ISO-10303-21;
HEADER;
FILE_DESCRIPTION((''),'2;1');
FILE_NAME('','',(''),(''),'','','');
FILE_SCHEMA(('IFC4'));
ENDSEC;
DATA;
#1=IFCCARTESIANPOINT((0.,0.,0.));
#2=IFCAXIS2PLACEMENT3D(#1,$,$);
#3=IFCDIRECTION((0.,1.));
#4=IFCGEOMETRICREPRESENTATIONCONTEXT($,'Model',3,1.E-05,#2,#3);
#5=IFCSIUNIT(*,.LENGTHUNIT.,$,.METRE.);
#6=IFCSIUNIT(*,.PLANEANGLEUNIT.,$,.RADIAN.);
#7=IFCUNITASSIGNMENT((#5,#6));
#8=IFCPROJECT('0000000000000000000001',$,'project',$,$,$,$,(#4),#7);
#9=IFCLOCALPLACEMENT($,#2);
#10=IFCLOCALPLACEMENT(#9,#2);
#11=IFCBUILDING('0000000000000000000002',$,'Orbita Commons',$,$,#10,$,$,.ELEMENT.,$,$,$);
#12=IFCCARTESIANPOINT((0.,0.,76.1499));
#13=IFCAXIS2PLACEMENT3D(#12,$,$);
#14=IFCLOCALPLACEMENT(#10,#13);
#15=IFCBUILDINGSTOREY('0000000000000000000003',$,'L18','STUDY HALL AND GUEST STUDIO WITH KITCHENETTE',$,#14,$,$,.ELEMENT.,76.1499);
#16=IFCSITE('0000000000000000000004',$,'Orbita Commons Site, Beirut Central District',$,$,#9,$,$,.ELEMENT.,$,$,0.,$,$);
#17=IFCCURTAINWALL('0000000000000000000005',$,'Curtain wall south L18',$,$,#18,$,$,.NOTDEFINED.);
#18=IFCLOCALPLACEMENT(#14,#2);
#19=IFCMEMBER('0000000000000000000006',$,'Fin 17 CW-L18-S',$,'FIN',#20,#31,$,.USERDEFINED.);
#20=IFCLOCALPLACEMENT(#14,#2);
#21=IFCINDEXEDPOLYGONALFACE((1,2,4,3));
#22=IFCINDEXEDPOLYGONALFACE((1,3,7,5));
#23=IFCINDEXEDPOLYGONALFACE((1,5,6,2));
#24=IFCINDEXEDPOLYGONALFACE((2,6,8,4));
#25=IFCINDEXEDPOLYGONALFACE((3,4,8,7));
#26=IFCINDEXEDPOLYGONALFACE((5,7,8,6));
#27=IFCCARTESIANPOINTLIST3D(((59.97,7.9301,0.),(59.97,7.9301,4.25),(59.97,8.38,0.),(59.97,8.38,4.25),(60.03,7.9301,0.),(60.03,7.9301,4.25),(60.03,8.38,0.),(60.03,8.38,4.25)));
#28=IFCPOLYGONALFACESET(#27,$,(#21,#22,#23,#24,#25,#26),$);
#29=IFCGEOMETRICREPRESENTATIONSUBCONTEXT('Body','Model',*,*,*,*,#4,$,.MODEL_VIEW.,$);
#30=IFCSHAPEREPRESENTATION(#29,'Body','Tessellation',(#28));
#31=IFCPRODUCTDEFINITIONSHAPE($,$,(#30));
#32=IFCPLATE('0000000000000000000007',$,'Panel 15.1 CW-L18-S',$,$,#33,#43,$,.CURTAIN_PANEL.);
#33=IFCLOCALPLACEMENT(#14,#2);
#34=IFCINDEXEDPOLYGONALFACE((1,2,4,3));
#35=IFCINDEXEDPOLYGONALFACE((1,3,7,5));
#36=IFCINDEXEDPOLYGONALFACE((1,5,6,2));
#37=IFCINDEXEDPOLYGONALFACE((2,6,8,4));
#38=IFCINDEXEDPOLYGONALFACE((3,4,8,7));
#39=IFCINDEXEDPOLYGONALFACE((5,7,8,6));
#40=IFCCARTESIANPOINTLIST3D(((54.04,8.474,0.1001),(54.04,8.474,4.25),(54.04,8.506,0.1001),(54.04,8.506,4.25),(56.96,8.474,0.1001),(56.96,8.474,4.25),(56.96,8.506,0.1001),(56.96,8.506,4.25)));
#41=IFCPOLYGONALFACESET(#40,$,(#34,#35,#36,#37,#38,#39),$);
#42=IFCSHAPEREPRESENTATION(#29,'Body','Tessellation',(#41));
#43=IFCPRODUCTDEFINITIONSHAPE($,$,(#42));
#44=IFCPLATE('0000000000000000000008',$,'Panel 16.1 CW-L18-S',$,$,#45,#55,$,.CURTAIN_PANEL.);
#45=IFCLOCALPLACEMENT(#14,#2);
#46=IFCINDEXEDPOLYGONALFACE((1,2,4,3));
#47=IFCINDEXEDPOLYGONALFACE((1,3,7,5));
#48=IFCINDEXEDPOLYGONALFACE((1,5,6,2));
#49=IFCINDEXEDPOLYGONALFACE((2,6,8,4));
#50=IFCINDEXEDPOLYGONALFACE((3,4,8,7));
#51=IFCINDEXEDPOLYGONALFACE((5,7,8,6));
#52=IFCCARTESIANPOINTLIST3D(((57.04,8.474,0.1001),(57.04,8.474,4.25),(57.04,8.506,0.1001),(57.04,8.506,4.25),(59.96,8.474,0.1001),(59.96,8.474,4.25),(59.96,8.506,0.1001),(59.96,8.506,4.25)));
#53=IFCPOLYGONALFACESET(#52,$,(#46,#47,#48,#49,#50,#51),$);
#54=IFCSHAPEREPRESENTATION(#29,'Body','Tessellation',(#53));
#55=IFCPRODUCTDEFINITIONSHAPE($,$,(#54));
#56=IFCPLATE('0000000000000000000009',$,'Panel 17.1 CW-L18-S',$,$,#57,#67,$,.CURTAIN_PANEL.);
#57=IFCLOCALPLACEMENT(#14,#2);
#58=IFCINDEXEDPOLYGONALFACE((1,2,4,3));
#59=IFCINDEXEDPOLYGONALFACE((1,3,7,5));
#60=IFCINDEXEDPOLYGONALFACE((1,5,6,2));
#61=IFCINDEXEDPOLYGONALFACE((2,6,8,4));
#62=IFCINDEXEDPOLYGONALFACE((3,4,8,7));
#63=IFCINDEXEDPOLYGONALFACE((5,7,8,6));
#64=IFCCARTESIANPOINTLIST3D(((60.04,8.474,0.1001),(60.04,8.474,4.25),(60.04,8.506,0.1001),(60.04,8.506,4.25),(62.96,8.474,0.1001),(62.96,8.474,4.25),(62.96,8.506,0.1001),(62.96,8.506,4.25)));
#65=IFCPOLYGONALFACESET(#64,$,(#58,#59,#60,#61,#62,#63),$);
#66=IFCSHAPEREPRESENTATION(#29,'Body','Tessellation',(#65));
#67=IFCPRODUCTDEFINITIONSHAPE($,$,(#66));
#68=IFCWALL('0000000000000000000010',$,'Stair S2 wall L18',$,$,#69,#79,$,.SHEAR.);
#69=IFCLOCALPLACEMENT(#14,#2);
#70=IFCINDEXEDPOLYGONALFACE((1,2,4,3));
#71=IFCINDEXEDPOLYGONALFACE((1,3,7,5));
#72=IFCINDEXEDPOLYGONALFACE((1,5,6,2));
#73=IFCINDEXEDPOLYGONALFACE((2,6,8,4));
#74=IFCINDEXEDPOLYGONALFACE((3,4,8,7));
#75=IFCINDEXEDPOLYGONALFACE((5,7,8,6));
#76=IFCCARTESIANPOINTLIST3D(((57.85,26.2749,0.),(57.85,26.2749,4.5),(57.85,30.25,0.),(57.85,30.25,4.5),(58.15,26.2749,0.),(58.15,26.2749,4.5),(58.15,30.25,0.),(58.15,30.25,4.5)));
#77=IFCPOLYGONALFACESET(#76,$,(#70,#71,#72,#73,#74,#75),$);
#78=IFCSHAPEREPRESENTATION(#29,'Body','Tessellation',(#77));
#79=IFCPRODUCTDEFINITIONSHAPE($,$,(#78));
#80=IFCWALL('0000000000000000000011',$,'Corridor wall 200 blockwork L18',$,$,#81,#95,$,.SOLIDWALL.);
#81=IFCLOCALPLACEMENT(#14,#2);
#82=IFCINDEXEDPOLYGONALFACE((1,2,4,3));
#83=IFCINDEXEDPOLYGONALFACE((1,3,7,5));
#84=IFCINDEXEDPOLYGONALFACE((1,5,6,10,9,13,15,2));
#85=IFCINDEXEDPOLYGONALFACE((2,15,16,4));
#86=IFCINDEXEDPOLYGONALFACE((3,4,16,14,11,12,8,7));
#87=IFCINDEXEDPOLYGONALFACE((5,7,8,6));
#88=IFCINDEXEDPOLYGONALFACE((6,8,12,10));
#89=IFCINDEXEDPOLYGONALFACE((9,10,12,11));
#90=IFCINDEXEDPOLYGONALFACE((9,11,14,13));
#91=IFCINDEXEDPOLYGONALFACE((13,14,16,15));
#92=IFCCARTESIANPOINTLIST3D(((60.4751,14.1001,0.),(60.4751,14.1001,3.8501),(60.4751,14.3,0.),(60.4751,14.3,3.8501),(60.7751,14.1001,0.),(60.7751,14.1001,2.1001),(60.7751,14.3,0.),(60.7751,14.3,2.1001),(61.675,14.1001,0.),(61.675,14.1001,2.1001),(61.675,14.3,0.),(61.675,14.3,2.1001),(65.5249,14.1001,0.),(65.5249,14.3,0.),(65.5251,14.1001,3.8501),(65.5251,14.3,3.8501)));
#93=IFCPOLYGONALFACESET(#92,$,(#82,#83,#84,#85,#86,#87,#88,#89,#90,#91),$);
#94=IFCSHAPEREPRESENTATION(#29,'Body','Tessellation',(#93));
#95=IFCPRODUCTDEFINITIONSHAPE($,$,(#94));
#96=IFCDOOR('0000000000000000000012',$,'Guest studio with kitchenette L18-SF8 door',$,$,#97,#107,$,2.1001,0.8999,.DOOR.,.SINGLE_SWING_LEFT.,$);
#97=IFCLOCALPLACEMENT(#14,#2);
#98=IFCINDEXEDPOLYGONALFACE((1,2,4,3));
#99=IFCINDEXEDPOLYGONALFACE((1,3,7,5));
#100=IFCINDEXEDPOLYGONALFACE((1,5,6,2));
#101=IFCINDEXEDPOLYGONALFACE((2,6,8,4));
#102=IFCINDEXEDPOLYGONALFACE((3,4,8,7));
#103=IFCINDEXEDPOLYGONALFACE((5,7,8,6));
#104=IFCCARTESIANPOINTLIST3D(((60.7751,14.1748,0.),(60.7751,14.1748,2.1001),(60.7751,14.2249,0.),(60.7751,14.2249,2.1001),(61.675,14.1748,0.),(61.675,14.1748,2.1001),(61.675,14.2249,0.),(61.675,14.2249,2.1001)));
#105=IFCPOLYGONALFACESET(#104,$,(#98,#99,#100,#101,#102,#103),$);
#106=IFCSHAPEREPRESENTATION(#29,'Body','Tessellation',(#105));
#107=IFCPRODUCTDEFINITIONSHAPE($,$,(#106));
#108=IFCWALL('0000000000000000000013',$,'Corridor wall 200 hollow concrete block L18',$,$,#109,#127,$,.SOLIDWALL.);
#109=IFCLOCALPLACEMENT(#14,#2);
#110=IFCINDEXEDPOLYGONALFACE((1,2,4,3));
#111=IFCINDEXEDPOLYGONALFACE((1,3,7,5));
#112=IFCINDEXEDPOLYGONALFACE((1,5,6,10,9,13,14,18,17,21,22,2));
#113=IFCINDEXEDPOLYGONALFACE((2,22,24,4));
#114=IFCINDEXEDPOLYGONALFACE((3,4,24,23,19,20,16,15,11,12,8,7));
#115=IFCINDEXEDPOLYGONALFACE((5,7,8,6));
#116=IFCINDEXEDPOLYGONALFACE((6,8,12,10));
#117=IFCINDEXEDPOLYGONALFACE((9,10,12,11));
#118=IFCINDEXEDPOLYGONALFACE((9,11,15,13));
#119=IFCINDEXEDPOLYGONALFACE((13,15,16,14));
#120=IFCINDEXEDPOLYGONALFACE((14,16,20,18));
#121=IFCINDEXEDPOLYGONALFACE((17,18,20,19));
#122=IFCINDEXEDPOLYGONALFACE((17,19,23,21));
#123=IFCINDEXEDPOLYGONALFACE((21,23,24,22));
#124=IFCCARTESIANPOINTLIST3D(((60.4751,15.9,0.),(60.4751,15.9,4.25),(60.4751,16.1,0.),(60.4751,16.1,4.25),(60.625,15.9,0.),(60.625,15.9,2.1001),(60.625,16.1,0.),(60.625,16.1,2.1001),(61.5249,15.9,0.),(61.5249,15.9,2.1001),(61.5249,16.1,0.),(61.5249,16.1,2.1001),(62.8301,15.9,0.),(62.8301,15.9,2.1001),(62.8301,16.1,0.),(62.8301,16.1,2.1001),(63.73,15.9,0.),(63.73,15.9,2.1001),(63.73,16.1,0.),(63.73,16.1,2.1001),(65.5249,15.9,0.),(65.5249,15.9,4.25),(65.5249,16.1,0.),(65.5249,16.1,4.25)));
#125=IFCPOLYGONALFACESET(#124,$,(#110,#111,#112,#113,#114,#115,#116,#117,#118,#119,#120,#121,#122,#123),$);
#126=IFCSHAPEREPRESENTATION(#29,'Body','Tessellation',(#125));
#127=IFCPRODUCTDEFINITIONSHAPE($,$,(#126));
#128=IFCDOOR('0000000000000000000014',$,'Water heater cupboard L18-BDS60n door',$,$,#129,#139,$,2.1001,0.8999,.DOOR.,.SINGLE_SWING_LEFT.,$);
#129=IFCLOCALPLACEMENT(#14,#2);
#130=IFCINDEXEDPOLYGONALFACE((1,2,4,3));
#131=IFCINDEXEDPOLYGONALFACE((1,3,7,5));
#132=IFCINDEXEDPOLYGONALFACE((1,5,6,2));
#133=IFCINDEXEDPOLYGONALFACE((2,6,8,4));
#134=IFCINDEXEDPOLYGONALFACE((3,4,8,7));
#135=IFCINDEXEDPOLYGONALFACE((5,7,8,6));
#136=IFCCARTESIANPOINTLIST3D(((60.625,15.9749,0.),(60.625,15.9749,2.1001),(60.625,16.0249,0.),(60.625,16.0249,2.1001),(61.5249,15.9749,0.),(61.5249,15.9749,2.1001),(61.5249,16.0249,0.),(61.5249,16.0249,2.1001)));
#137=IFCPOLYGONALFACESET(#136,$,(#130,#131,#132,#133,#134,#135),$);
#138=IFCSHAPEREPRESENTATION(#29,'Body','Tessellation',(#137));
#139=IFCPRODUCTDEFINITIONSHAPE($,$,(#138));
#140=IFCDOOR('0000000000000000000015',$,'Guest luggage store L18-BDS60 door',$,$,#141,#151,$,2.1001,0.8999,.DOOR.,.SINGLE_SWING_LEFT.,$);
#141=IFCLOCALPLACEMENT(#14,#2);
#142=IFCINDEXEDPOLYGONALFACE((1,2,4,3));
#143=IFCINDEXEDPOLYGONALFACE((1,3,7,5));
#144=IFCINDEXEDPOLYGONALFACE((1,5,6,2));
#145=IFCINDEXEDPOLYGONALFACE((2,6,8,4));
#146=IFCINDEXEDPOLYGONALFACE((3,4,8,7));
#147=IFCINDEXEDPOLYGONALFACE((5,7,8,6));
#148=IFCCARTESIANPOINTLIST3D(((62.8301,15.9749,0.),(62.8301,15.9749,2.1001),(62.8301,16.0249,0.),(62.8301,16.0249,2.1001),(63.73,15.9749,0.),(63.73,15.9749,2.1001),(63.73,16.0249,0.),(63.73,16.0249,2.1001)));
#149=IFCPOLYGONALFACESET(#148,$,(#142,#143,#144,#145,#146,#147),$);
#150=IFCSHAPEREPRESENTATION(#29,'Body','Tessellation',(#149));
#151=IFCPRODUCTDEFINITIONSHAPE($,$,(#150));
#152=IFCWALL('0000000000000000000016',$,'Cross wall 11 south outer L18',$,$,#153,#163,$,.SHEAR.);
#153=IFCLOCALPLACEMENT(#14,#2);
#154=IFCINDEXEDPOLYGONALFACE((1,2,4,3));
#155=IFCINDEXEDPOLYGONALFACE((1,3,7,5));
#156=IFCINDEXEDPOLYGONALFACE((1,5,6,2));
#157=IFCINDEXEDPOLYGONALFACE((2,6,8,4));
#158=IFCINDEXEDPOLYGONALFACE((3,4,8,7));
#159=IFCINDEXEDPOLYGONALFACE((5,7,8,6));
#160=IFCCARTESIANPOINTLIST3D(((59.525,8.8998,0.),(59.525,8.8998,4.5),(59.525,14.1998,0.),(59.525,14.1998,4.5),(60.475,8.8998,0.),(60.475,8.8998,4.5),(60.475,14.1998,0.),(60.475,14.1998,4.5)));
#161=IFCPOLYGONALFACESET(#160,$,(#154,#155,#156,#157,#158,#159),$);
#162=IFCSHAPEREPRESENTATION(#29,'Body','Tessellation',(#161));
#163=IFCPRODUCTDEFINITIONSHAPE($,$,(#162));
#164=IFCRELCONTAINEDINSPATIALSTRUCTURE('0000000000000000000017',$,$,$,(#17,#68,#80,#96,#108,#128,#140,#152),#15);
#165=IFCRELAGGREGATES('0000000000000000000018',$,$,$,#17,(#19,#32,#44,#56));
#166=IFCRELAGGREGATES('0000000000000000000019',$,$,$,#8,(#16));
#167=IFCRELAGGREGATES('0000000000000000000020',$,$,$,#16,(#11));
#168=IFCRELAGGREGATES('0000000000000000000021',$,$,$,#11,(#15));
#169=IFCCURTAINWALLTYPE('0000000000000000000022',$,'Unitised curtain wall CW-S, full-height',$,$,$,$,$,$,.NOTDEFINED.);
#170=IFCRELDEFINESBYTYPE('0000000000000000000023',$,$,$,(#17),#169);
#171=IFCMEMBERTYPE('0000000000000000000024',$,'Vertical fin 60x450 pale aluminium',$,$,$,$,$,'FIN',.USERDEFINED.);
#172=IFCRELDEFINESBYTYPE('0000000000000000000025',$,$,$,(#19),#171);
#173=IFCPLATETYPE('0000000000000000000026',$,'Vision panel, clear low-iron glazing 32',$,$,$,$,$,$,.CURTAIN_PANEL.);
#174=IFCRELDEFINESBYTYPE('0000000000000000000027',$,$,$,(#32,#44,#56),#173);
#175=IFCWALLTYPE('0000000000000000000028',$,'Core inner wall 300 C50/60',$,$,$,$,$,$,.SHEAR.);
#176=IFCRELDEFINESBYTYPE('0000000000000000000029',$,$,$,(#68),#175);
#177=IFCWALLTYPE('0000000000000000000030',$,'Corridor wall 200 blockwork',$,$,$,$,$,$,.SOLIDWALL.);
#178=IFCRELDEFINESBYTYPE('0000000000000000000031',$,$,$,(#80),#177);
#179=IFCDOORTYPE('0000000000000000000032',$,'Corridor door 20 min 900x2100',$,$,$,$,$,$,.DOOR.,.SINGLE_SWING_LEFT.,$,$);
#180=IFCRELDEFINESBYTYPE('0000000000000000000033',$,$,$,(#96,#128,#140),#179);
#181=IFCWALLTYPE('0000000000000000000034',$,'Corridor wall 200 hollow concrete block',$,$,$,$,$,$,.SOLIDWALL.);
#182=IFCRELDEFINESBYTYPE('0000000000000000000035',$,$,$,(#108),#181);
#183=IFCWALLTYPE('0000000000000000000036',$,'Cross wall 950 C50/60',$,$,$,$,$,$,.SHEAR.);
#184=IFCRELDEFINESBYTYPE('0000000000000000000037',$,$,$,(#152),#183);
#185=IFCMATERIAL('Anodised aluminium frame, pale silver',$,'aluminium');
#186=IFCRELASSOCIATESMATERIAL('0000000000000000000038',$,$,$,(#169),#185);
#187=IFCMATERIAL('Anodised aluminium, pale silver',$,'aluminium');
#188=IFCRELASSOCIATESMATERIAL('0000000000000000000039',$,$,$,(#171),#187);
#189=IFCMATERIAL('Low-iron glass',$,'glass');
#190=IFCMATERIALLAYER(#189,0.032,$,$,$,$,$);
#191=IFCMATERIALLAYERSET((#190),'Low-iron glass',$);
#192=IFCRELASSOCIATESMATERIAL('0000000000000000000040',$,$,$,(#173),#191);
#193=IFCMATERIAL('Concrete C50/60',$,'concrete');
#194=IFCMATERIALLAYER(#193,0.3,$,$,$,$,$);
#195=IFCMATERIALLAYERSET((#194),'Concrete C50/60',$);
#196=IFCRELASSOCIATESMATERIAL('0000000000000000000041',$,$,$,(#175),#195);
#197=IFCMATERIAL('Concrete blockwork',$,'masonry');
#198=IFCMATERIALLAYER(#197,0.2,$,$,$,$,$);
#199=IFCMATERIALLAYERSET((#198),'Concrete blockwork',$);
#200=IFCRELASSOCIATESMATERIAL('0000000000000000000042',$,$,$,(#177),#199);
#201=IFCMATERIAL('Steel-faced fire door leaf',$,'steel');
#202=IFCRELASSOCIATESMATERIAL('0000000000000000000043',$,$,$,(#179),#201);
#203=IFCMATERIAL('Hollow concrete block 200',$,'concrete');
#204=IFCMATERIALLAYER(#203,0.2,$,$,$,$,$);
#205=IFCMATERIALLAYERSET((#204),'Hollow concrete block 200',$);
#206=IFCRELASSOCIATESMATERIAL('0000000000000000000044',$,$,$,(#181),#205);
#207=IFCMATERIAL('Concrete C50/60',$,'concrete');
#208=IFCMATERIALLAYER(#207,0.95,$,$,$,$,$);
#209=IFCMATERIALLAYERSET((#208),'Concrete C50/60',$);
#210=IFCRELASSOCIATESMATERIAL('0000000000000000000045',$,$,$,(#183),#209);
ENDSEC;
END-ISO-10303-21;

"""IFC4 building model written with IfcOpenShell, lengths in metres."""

from ifc_helpers import new_model, si_unit, direction, frame, frame_2d, origin, origin_2d, place, context, subcontext, project, spatial, polyline, rectangle, outline, extrude, material, layer, layer_set, material_profile, profile_set, type_object, element, fill, aggregate, save


model = new_model("IFC4")

# Units and contexts
model_context = context("Model", 3, precision=1e-05, world=origin(), true_north=direction((0.0, 1.0)))
body_context = subcontext(model_context, "Body", "Model", "MODEL_VIEW")
ifc_project = project(units=[si_unit("LENGTHUNIT", "METRE"), si_unit("PLANEANGLEUNIT", "RADIAN")], contexts=[model_context])

# Site, building, storey
site_placement = place(None, origin())
site = spatial("IfcSite", under=ifc_project, at=site_placement, Name="Orbita Commons Site, Beirut Central District", CompositionType="ELEMENT", RefElevation=0.0)
building_placement = place(site_placement, origin())
building = spatial("IfcBuilding", under=site, at=building_placement, Name="Orbita Commons", CompositionType="ELEMENT")
storey_placement = place(building_placement, frame((0.0, 0.0, 76.1499)))
storey = spatial("IfcBuildingStorey", under=building, at=storey_placement, Name="L18", Description="STUDY HALL AND GUEST STUDIO WITH KITCHENETTE", CompositionType="ELEMENT", Elevation=76.1499)

# Curtain wall
ifc_material_1 = material(Name="Anodised aluminium frame, pale silver", Category="aluminium")
curtain_wall_type = type_object("IfcCurtainWallType", Name="Unitised curtain wall CW-S, full-height", PredefinedType="NOTDEFINED", material=ifc_material_1)
curtain_wall_placement = place(storey_placement, origin())
curtain_wall = element("IfcCurtainWall", 1, at=curtain_wall_placement, inside=storey, type_object=curtain_wall_type, Name="Curtain wall south L18", PredefinedType="NOTDEFINED")

# Member
ifc_material_2 = material(Name="Anodised aluminium, pale silver", Category="aluminium")
ifc_material_profile_1 = material_profile(ifc_material_2, rectangle(XDim=0.0601, YDim=0.45, at=origin_2d()), Name="FIN 60x450")
ifc_profile_set_1 = profile_set([ifc_material_profile_1], Name="Anodised aluminium, pale silver")
member_type_1 = type_object("IfcMemberType", Name="Vertical fin 60x450 pale aluminium", ElementType="FIN", PredefinedType="USERDEFINED", material=ifc_profile_set_1)
member_1_placement = place(storey_placement, frame((60.0, 8.155, 0.0), z_axis=(0.0, 0.0, 1.0), x_axis=(1.0, 0.0, 0.0)))
member_1 = element("IfcMember", 2, at=member_1_placement, type_object=member_type_1, Name="Fin 17 CW-L18-S", ObjectType="FIN", PredefinedType="USERDEFINED", context=body_context, shape_type="SweptSolid", body=[
    extrude(rectangle(XDim=0.0601, YDim=0.45, at=origin_2d()), origin(), (0.0, 0.0, 1.0), 4.25),
])

# Plates
ifc_material_3 = material(Name="Low-iron glass", Category="glass")
ifc_layer_1 = layer(ifc_material_3, 0.032)
ifc_layer_set_1 = layer_set([ifc_layer_1], Name="Low-iron glass")
plate_type = type_object("IfcPlateType", Name="Vision panel, clear low-iron glazing 32", PredefinedType="CURTAIN_PANEL", material=ifc_layer_set_1)
plate_1_placement = place(storey_placement, frame((55.5, 8.49, 0.1001), z_axis=(0.0, 0.0, 1.0), x_axis=(1.0, 0.0, 0.0)))
plate_1 = element("IfcPlate", 3, at=plate_1_placement, type_object=plate_type, Name="Panel 15.1 CW-L18-S", PredefinedType="CURTAIN_PANEL", context=body_context, shape_type="SweptSolid", body=[
    extrude(rectangle(XDim=2.9199, YDim=0.032, at=origin_2d()), origin(), (0.0, 0.0, 1.0), 4.1499),
])
plate_2_placement = place(storey_placement, frame((58.5, 8.49, 0.1001), z_axis=(0.0, 0.0, 1.0), x_axis=(1.0, 0.0, 0.0)))
plate_2 = element("IfcPlate", 4, at=plate_2_placement, type_object=plate_type, Name="Panel 16.1 CW-L18-S", PredefinedType="CURTAIN_PANEL", context=body_context, shape_type="SweptSolid", body=[
    extrude(rectangle(XDim=2.9199, YDim=0.032, at=origin_2d()), origin(), (0.0, 0.0, 1.0), 4.1499),
])
plate_3_placement = place(storey_placement, frame((61.5, 8.49, 0.1001), z_axis=(0.0, 0.0, 1.0), x_axis=(1.0, 0.0, 0.0)))
plate_3 = element("IfcPlate", 5, at=plate_3_placement, type_object=plate_type, Name="Panel 17.1 CW-L18-S", PredefinedType="CURTAIN_PANEL", context=body_context, shape_type="SweptSolid", body=[
    extrude(rectangle(XDim=2.9199, YDim=0.032, at=origin_2d()), origin(), (0.0, 0.0, 1.0), 4.1499),
])
aggregate(curtain_wall, [member_1, plate_1, plate_2, plate_3])

# Wall
ifc_material_4 = material(Name="Concrete C50/60", Category="concrete")
ifc_layer_2 = layer(ifc_material_4, 0.3)
ifc_layer_set_2 = layer_set([ifc_layer_2], Name="Concrete C50/60")
wall_type_1 = type_object("IfcWallType", Name="Core inner wall 300 C50/60", PredefinedType="SHEAR", material=ifc_layer_set_2)
wall_1_placement = place(storey_placement, frame((58.0, 26.2749, 0.0), z_axis=(0.0, 0.0, 1.0), x_axis=(0.0, 1.0, 0.0)))
element("IfcWall", 6, at=wall_1_placement, inside=storey, type_object=wall_type_1, Name="Stair S2 wall L18", PredefinedType="SHEAR", context=body_context, shape_type="SweptSolid", body=[
    extrude(rectangle(XDim=3.9751, YDim=0.3, at=frame_2d((1.9875, 0.0))), origin(), (0.0, 0.0, 1.0), 4.5),
])

# Wall, opening, door
ifc_material_5 = material(Name="Concrete blockwork", Category="masonry")
ifc_layer_3 = layer(ifc_material_5, 0.2)
ifc_layer_set_3 = layer_set([ifc_layer_3], Name="Concrete blockwork")
wall_type_2 = type_object("IfcWallType", Name="Corridor wall 200 blockwork", PredefinedType="SOLIDWALL", material=ifc_layer_set_3)
wall_2_placement = place(storey_placement, frame((60.4751, 14.2, 0.0), z_axis=(0.0, 0.0, 1.0), x_axis=(1.0, 0.0, 0.0)))
wall_2 = element("IfcWall", 7, at=wall_2_placement, inside=storey, type_object=wall_type_2, Name="Corridor wall 200 blockwork L18", PredefinedType="SOLIDWALL", context=body_context, shape_type="SweptSolid", body=[
    extrude(outline(polyline([(0.0, 0.0), (5.0498, 0.0), (5.05, 3.8501), (0.0, 3.8501), (0.0, 0.0)])), frame((0.0, 0.1001, 0.0), z_axis=(0.0, -1.0, 0.0), x_axis=(1.0, 0.0, 0.0)), (0.0, 0.0, 1.0), 0.2),
])
opening_1_placement = place(wall_2_placement, frame((0.3, 0.0, 0.0)))
opening_1 = element("IfcOpeningElement", 8, at=opening_1_placement, cuts=wall_2, PredefinedType="OPENING", context=body_context, shape_type="SweptSolid", body=[
    extrude(rectangle(XDim=0.8999, YDim=2.1001, at=frame_2d((0.45, 1.05))), frame((0.0, 0.1099, 0.0), z_axis=(0.0, -1.0, 0.0), x_axis=(1.0, 0.0, 0.0)), (0.0, 0.0, 1.0), 0.22),
])
ifc_material_6 = material(Name="Steel-faced fire door leaf", Category="steel")
door_type = type_object("IfcDoorType", Name="Corridor door 20 min 900x2100", OperationType="SINGLE_SWING_LEFT", PredefinedType="DOOR", material=ifc_material_6)
door_1_placement = place(opening_1_placement, origin())
door_1 = element("IfcDoor", 9, at=door_1_placement, inside=storey, type_object=door_type, Name="Guest studio with kitchenette L18-SF8 door", OperationType="SINGLE_SWING_LEFT", OverallHeight=2.1001, OverallWidth=0.8999, PredefinedType="DOOR", context=body_context, shape_type="SweptSolid", body=[
    extrude(rectangle(XDim=0.8999, YDim=2.1001, at=frame_2d((0.45, 1.05))), frame((0.0, 0.0249, 0.0), z_axis=(0.0, -1.0, 0.0), x_axis=(1.0, 0.0, 0.0)), (0.0, 0.0, 1.0), 0.05),
])
fill(opening_1, door_1)

# Wall, openings, doors
ifc_material_7 = material(Name="Hollow concrete block 200", Category="concrete")
ifc_layer_4 = layer(ifc_material_7, 0.2)
ifc_layer_set_4 = layer_set([ifc_layer_4], Name="Hollow concrete block 200")
wall_type_3 = type_object("IfcWallType", Name="Corridor wall 200 hollow concrete block", PredefinedType="SOLIDWALL", material=ifc_layer_set_4)
wall_3_placement = place(storey_placement, frame((60.4751, 16.0, 0.0), z_axis=(0.0, 0.0, 1.0), x_axis=(1.0, 0.0, 0.0)))
wall_3 = element("IfcWall", 10, at=wall_3_placement, inside=storey, type_object=wall_type_3, Name="Corridor wall 200 hollow concrete block L18", PredefinedType="SOLIDWALL", context=body_context, shape_type="SweptSolid", body=[
    extrude(rectangle(XDim=5.0498, YDim=0.2, at=frame_2d((2.5249, 0.0))), origin(), (0.0, 0.0, 1.0), 4.25),
])
opening_2_placement = place(wall_3_placement, frame((0.1499, 0.0, 0.0)))
opening_2 = element("IfcOpeningElement", 11, at=opening_2_placement, cuts=wall_3, PredefinedType="OPENING", context=body_context, shape_type="SweptSolid", body=[
    extrude(rectangle(XDim=0.8999, YDim=2.1001, at=frame_2d((0.45, 1.05))), frame((0.0, 0.1099, 0.0), z_axis=(0.0, -1.0, 0.0), x_axis=(1.0, 0.0, 0.0)), (0.0, 0.0, 1.0), 0.22),
])
opening_3_placement = place(wall_3_placement, frame((2.355, 0.0, 0.0)))
opening_3 = element("IfcOpeningElement", 12, at=opening_3_placement, cuts=wall_3, PredefinedType="OPENING", context=body_context, shape_type="SweptSolid", body=[
    extrude(rectangle(XDim=0.8999, YDim=2.1001, at=frame_2d((0.45, 1.05))), frame((0.0, 0.1099, 0.0), z_axis=(0.0, -1.0, 0.0), x_axis=(1.0, 0.0, 0.0)), (0.0, 0.0, 1.0), 0.22),
])
door_2_placement = place(opening_2_placement, origin())
door_2 = element("IfcDoor", 13, at=door_2_placement, inside=storey, type_object=door_type, Name="Water heater cupboard L18-BDS60n door", OperationType="SINGLE_SWING_LEFT", OverallHeight=2.1001, OverallWidth=0.8999, PredefinedType="DOOR", context=body_context, shape_type="SweptSolid", body=[
    extrude(rectangle(XDim=0.8999, YDim=2.1001, at=frame_2d((0.45, 1.05))), frame((0.0, 0.0249, 0.0), z_axis=(0.0, -1.0, 0.0), x_axis=(1.0, 0.0, 0.0)), (0.0, 0.0, 1.0), 0.05),
])
fill(opening_2, door_2)
door_3_placement = place(opening_3_placement, origin())
door_3 = element("IfcDoor", 14, at=door_3_placement, inside=storey, type_object=door_type, Name="Guest luggage store L18-BDS60 door", OperationType="SINGLE_SWING_LEFT", OverallHeight=2.1001, OverallWidth=0.8999, PredefinedType="DOOR", context=body_context, shape_type="SweptSolid", body=[
    extrude(rectangle(XDim=0.8999, YDim=2.1001, at=frame_2d((0.45, 1.05))), frame((0.0, 0.0249, 0.0), z_axis=(0.0, -1.0, 0.0), x_axis=(1.0, 0.0, 0.0)), (0.0, 0.0, 1.0), 0.05),
])
fill(opening_3, door_3)

# Wall
ifc_material_8 = material(Name="Concrete C50/60", Category="concrete")
ifc_layer_5 = layer(ifc_material_8, 0.95)
ifc_layer_set_5 = layer_set([ifc_layer_5], Name="Concrete C50/60")
wall_type_4 = type_object("IfcWallType", Name="Cross wall 950 C50/60", PredefinedType="SHEAR", material=ifc_layer_set_5)
wall_4_placement = place(storey_placement, frame((60.0, 8.8999, 0.0), z_axis=(0.0, 0.0, 1.0), x_axis=(0.0, 1.0, 0.0)))
element("IfcWall", 15, at=wall_4_placement, inside=storey, type_object=wall_type_4, Name="Cross wall 11 south outer L18", PredefinedType="SHEAR", context=body_context, shape_type="SweptSolid", body=[
    extrude(rectangle(XDim=5.3, YDim=0.95, at=frame_2d((2.6499, 0.0))), origin(), (0.0, 0.0, 1.0), 4.5),
])

save(model, "model.ifc")
